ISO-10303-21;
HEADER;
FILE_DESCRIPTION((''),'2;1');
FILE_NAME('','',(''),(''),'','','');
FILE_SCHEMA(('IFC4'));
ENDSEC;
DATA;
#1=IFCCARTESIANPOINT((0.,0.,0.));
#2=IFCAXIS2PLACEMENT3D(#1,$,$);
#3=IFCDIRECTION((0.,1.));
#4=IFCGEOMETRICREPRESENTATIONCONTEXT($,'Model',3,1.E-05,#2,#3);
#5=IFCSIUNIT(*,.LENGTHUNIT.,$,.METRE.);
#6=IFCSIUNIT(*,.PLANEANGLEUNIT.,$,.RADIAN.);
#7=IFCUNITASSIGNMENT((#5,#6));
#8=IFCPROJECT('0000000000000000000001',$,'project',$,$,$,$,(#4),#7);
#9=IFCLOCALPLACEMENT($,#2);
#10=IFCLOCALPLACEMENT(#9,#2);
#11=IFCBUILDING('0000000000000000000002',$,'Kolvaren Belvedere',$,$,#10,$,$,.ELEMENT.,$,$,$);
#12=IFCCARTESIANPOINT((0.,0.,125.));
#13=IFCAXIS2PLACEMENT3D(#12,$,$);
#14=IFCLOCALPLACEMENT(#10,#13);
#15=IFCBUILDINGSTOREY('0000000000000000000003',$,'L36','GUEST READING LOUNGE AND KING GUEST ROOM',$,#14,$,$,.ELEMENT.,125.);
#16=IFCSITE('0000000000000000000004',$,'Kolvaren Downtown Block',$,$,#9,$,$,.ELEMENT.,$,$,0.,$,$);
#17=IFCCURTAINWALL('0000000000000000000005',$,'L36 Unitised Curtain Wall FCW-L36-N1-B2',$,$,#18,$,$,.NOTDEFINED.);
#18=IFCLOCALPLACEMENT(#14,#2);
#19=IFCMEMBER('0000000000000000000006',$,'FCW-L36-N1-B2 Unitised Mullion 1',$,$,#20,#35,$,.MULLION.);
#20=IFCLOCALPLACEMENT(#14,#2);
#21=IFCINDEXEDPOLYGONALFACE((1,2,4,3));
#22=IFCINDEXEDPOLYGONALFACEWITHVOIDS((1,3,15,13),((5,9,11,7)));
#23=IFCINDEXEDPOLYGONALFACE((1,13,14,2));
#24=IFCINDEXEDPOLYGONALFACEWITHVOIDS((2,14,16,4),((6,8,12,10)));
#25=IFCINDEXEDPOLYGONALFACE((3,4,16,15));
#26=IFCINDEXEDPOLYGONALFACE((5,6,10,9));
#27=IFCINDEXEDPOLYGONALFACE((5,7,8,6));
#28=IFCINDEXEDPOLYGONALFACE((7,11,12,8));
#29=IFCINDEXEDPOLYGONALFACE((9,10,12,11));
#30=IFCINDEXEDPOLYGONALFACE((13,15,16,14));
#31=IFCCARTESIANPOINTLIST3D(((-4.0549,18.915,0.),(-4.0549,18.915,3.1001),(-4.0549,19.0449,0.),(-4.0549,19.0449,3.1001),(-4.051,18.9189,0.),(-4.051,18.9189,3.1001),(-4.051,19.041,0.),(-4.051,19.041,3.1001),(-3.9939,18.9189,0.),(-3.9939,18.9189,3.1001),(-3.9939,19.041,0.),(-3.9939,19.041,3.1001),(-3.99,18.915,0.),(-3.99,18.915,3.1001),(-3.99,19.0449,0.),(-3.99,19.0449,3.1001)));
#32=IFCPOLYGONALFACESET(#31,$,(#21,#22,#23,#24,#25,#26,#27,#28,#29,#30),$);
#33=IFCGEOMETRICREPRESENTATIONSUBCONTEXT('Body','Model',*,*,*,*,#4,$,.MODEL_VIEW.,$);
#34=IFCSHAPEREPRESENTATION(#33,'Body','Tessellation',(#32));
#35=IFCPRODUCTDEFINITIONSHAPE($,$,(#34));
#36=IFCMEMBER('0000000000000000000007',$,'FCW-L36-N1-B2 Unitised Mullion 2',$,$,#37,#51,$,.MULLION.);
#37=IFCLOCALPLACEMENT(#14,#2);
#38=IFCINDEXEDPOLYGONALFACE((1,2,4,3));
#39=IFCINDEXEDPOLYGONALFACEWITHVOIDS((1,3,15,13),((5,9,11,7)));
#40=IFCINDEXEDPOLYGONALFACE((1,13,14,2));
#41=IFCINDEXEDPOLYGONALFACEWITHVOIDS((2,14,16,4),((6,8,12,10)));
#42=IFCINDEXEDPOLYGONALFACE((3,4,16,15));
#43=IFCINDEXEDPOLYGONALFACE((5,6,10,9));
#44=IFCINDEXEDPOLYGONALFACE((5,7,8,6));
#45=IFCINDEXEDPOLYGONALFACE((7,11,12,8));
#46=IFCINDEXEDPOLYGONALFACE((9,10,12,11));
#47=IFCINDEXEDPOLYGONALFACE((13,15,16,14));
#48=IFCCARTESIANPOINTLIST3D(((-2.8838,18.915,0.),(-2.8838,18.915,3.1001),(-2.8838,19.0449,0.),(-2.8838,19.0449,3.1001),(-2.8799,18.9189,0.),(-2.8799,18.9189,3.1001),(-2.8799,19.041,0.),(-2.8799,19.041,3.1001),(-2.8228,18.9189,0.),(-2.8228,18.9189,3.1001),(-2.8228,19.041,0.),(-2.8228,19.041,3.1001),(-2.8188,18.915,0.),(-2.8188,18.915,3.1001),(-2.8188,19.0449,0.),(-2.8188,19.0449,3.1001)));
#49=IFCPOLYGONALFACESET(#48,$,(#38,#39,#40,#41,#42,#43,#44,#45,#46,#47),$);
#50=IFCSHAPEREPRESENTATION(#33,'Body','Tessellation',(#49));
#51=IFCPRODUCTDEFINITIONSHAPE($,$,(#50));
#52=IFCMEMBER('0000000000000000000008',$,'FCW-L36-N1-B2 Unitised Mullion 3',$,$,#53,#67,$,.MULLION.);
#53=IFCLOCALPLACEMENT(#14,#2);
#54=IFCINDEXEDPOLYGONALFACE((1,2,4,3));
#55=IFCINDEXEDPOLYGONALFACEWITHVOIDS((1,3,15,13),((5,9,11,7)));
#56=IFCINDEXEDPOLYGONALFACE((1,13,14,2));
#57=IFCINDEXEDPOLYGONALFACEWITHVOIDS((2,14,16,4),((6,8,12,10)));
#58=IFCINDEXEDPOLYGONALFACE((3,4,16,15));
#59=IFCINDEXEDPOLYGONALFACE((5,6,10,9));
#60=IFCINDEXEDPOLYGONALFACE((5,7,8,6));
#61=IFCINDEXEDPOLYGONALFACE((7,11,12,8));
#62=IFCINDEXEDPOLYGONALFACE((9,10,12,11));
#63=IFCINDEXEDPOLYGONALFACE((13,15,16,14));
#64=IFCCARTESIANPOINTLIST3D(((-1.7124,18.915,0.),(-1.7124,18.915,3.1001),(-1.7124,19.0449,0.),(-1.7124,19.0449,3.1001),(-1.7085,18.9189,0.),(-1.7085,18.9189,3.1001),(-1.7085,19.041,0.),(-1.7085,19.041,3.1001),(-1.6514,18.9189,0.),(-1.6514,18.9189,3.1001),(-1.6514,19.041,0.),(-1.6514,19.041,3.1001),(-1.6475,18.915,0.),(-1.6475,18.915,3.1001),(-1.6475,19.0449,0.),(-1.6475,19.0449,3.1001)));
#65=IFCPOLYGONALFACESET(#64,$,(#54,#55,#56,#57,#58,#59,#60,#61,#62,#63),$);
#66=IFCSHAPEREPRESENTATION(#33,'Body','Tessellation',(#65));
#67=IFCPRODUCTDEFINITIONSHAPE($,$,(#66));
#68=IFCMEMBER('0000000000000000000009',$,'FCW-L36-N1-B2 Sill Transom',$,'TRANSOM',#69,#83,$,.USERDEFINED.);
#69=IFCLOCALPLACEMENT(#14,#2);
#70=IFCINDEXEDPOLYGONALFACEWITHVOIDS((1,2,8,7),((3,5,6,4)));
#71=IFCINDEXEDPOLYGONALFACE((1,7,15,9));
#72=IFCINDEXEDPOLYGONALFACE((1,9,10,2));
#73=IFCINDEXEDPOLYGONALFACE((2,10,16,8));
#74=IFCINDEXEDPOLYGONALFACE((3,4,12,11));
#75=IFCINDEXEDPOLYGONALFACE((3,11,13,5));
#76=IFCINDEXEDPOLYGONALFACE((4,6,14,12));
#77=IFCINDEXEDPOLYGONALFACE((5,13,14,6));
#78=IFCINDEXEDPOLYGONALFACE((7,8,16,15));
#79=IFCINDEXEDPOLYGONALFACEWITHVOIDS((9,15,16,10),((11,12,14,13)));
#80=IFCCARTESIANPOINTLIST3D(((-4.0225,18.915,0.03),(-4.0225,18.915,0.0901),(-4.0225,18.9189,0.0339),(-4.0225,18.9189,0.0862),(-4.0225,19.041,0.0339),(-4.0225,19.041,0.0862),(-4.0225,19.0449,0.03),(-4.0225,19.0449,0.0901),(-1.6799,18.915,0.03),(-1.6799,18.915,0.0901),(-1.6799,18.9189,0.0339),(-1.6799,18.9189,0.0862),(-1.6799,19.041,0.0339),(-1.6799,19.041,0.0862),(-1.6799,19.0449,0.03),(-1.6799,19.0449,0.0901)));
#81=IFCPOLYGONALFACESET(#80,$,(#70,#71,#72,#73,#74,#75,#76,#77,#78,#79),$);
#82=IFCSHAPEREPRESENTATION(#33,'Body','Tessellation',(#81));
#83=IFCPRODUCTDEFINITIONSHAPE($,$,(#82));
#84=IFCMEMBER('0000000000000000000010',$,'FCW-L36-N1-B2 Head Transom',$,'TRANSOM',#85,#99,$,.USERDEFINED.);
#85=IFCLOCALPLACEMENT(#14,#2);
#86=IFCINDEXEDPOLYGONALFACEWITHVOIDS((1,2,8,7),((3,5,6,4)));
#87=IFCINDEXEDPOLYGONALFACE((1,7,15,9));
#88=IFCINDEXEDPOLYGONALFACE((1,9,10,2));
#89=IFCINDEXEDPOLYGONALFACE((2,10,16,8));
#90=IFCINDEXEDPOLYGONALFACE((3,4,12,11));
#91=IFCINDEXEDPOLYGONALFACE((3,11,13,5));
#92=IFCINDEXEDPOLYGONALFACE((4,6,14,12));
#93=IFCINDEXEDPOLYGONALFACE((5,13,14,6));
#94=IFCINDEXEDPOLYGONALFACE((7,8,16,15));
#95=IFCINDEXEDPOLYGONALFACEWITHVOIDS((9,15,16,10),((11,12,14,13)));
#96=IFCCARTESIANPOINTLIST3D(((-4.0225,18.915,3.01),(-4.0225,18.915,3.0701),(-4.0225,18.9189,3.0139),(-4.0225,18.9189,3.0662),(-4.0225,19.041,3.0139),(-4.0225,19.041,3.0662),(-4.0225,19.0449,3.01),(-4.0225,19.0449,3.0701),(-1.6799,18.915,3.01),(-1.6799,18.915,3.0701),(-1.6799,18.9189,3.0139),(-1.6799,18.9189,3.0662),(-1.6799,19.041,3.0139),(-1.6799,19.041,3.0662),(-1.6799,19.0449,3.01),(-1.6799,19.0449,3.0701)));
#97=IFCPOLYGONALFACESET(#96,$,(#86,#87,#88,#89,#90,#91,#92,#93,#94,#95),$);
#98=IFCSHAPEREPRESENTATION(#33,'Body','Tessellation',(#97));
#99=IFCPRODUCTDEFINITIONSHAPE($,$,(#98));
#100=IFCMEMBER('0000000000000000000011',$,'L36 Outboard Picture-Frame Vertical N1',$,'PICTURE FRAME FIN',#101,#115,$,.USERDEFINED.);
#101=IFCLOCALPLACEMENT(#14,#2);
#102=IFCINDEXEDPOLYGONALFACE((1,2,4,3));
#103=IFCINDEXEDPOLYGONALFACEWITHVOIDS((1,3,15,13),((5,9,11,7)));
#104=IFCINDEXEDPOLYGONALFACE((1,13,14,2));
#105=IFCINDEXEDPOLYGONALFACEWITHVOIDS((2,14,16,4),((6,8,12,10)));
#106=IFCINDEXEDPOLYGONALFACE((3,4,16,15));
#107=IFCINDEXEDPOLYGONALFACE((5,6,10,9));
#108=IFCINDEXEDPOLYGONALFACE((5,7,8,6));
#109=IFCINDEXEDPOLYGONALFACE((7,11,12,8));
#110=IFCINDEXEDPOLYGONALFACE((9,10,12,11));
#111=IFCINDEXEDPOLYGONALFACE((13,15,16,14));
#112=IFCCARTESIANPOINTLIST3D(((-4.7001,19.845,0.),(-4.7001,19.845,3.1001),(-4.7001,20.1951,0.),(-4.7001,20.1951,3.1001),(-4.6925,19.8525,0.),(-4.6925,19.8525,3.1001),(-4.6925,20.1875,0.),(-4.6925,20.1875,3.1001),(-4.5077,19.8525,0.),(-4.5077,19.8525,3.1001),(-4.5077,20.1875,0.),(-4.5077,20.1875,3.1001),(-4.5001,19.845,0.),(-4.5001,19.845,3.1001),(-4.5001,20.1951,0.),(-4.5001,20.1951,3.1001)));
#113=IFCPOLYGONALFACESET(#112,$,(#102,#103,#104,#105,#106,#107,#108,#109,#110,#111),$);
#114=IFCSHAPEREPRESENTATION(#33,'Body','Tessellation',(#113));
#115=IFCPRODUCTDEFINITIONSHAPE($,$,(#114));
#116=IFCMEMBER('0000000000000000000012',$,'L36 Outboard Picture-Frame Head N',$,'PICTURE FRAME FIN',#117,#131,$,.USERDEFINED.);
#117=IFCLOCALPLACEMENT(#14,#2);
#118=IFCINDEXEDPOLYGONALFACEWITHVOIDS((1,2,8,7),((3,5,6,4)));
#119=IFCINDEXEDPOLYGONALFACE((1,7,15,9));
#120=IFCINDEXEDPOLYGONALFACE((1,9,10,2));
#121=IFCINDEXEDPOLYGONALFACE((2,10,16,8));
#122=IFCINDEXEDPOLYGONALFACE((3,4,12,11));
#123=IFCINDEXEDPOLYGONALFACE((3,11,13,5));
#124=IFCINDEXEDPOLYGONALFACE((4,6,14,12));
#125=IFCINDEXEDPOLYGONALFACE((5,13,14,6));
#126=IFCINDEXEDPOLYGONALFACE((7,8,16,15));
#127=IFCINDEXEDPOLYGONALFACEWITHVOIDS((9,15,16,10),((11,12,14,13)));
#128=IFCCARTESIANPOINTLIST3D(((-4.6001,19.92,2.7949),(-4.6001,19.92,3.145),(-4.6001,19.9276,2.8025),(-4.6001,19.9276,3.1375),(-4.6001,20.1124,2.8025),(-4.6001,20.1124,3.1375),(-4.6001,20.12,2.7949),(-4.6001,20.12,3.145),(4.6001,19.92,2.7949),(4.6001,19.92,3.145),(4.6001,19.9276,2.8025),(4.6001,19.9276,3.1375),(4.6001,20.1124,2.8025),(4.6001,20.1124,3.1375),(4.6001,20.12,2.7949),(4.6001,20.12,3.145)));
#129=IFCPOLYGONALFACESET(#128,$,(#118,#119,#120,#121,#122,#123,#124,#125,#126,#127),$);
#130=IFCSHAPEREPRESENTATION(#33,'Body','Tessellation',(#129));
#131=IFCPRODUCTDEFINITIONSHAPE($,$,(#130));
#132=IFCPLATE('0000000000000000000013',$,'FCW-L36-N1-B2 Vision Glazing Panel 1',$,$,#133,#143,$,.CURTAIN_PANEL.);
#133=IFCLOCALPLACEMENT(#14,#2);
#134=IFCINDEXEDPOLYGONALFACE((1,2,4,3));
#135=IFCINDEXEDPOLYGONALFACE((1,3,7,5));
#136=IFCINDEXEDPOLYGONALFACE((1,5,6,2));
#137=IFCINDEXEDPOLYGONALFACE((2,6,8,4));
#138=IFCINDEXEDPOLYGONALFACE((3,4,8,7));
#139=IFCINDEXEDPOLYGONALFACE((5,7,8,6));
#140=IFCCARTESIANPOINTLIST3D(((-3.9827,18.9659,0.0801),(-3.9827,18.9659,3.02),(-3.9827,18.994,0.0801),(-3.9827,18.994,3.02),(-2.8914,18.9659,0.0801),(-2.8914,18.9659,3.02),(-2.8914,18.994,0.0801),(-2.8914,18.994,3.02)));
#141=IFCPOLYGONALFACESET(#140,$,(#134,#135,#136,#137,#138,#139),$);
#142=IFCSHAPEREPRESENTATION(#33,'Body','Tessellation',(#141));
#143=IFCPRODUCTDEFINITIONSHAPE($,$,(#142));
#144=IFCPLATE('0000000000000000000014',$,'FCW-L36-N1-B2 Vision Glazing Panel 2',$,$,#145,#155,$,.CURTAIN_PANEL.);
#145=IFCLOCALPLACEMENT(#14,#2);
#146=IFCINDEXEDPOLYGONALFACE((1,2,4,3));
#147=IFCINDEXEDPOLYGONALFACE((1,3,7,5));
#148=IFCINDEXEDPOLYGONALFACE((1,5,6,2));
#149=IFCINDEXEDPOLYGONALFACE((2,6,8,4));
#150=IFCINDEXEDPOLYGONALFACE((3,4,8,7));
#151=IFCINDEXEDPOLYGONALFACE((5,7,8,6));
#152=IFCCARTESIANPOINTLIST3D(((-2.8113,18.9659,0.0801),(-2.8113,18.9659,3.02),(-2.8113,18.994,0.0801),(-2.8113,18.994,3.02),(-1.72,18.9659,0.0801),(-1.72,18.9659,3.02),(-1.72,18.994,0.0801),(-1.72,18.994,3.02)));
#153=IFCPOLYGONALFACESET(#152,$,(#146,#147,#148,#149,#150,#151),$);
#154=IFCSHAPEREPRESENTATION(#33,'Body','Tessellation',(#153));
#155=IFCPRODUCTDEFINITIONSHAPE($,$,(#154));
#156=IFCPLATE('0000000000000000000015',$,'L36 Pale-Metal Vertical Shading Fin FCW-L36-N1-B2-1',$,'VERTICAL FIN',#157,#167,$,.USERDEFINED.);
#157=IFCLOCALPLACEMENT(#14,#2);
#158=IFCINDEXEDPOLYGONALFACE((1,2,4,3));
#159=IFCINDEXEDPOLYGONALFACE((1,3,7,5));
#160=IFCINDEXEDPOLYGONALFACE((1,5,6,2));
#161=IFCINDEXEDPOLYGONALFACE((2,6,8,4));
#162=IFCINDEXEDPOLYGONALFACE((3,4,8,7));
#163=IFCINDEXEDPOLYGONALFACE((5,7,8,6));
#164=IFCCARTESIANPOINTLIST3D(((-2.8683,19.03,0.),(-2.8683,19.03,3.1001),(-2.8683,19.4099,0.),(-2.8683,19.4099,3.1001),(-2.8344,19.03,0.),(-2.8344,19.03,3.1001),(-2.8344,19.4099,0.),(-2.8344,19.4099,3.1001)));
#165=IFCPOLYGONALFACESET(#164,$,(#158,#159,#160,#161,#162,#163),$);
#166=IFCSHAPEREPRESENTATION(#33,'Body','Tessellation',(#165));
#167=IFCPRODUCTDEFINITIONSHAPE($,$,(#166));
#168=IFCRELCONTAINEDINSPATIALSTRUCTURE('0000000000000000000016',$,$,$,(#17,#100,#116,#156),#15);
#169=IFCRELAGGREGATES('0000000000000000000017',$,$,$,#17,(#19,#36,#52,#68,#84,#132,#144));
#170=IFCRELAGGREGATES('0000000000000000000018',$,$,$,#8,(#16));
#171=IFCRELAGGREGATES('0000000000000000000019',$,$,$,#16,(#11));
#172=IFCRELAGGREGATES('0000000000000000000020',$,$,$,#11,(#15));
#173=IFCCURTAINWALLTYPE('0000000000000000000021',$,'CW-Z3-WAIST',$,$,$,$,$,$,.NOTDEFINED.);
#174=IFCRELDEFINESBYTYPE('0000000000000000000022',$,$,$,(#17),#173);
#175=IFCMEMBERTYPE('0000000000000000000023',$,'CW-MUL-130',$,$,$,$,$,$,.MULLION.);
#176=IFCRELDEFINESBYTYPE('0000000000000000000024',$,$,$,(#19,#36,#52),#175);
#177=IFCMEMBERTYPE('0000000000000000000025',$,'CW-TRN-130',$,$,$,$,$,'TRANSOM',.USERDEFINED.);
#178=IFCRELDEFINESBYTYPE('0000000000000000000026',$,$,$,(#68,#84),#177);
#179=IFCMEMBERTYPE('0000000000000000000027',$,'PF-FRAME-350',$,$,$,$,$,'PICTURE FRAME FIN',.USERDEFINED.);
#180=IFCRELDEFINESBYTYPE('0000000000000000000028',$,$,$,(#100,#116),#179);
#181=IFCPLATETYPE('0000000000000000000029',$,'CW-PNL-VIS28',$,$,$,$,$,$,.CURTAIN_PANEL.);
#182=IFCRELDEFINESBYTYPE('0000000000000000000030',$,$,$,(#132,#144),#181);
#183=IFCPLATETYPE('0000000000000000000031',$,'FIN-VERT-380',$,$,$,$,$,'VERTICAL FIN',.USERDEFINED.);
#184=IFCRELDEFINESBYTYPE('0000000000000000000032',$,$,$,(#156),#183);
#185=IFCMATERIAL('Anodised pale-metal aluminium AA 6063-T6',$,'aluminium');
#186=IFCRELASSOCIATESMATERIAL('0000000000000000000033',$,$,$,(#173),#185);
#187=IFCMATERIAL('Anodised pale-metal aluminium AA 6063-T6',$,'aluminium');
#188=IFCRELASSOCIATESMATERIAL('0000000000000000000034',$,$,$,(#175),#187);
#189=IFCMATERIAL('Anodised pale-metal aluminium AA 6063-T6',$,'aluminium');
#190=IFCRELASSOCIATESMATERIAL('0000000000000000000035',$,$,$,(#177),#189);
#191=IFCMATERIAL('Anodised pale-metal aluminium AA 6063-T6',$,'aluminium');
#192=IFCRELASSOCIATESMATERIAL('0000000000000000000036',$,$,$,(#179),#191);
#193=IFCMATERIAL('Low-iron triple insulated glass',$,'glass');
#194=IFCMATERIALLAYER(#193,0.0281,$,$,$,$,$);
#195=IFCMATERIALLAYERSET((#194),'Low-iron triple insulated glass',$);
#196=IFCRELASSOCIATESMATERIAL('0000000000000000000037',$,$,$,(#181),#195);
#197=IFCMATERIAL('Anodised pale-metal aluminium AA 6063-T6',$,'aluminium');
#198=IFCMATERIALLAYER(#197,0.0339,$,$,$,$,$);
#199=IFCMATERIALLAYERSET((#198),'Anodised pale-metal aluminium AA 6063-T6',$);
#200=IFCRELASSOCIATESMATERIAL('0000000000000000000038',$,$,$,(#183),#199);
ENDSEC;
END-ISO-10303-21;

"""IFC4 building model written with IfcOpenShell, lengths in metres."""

from ifc_helpers import new_model, si_unit, direction, frame, origin, origin_2d, place, context, subcontext, project, spatial, rectangle, hollow_rectangle, extrude, material, layer, layer_set, material_profile, profile_set, type_object, element, aggregate, save


model = new_model("IFC4")

# Units and contexts
model_context = context("Model", 3, precision=1e-05, world=origin(), true_north=direction((0.0, 1.0)))
body_context = subcontext(model_context, "Body", "Model", "MODEL_VIEW")
ifc_project = project(units=[si_unit("LENGTHUNIT", "METRE"), si_unit("PLANEANGLEUNIT", "RADIAN")], contexts=[model_context])

# Site, building, storey
site_placement = place(None, origin())
site = spatial("IfcSite", under=ifc_project, at=site_placement, Name="Kolvaren Downtown Block", CompositionType="ELEMENT", RefElevation=0.0)
building_placement = place(site_placement, origin())
building = spatial("IfcBuilding", under=site, at=building_placement, Name="Kolvaren Belvedere", CompositionType="ELEMENT")
storey_placement = place(building_placement, frame((0.0, 0.0, 125.0)))
storey = spatial("IfcBuildingStorey", under=building, at=storey_placement, Name="L36", Description="GUEST READING LOUNGE AND KING GUEST ROOM", CompositionType="ELEMENT", Elevation=125.0)

# Curtain wall, members
ifc_material_1 = material(Name="Anodised pale-metal aluminium AA 6063-T6", Category="aluminium")
curtain_wall_type = type_object("IfcCurtainWallType", Name="CW-Z3-WAIST", PredefinedType="NOTDEFINED", material=ifc_material_1)
curtain_wall_placement = place(storey_placement, origin())
curtain_wall = element("IfcCurtainWall", 1, at=curtain_wall_placement, inside=storey, type_object=curtain_wall_type, Name="L36 Unitised Curtain Wall FCW-L36-N1-B2", PredefinedType="NOTDEFINED")
ifc_material_2 = material(Name="Anodised pale-metal aluminium AA 6063-T6", Category="aluminium")
ifc_material_profile_1 = material_profile(ifc_material_2, hollow_rectangle(XDim=0.0649, YDim=0.1299, WallThickness=0.0039, at=origin_2d()), Name="ALU-MUL-130X65")
ifc_profile_set_1 = profile_set([ifc_material_profile_1], Name="Anodised pale-metal aluminium AA 6063-T6")
member_type_1 = type_object("IfcMemberType", Name="CW-MUL-130", PredefinedType="MULLION", material=ifc_profile_set_1)
member_1_placement = place(storey_placement, frame((-4.0225, 18.98, 0.0), z_axis=(0.0, 0.0, 1.0), x_axis=(1.0, 0.0, 0.0)))
member_1 = element("IfcMember", 2, at=member_1_placement, type_object=member_type_1, Name="FCW-L36-N1-B2 Unitised Mullion 1", PredefinedType="MULLION", context=body_context, shape_type="SweptSolid", body=[
    extrude(hollow_rectangle(XDim=0.0649, YDim=0.1299, WallThickness=0.0039, at=origin_2d()), origin(), (0.0, 0.0, 1.0), 3.1001),
])
member_2_placement = place(storey_placement, frame((-2.8513, 18.98, 0.0), z_axis=(0.0, 0.0, 1.0), x_axis=(1.0, 0.0, 0.0)))
member_2 = element("IfcMember", 3, at=member_2_placement, type_object=member_type_1, Name="FCW-L36-N1-B2 Unitised Mullion 2", PredefinedType="MULLION", context=body_context, shape_type="SweptSolid", body=[
    extrude(hollow_rectangle(XDim=0.0649, YDim=0.1299, WallThickness=0.0039, at=origin_2d()), origin(), (0.0, 0.0, 1.0), 3.1001),
])
member_3_placement = place(storey_placement, frame((-1.6799, 18.98, 0.0), z_axis=(0.0, 0.0, 1.0), x_axis=(1.0, 0.0, 0.0)))
member_3 = element("IfcMember", 4, at=member_3_placement, type_object=member_type_1, Name="FCW-L36-N1-B2 Unitised Mullion 3", PredefinedType="MULLION", context=body_context, shape_type="SweptSolid", body=[
    extrude(hollow_rectangle(XDim=0.0649, YDim=0.1299, WallThickness=0.0039, at=origin_2d()), origin(), (0.0, 0.0, 1.0), 3.1001),
])
ifc_material_3 = material(Name="Anodised pale-metal aluminium AA 6063-T6", Category="aluminium")
ifc_material_profile_2 = material_profile(ifc_material_3, hollow_rectangle(XDim=0.0601, YDim=0.1299, WallThickness=0.0039, at=origin_2d()), Name="ALU-TRN-130X60")
ifc_profile_set_2 = profile_set([ifc_material_profile_2], Name="Anodised pale-metal aluminium AA 6063-T6")
member_type_2 = type_object("IfcMemberType", Name="CW-TRN-130", ElementType="TRANSOM", PredefinedType="USERDEFINED", material=ifc_profile_set_2)
member_4_placement = place(storey_placement, frame((-4.0225, 18.98, 0.0601), z_axis=(1.0, 0.0, 0.0), x_axis=(0.0, 0.0, 1.0)))
member_4 = element("IfcMember", 5, at=member_4_placement, type_object=member_type_2, Name="FCW-L36-N1-B2 Sill Transom", ObjectType="TRANSOM", PredefinedType="USERDEFINED", context=body_context, shape_type="SweptSolid", body=[
    extrude(hollow_rectangle(XDim=0.0601, YDim=0.1299, WallThickness=0.0039, at=origin_2d()), origin(), (0.0, 0.0, 1.0), 2.3425),
])
member_5_placement = place(storey_placement, frame((-4.0225, 18.98, 3.04), z_axis=(1.0, 0.0, 0.0), x_axis=(0.0, 0.0, 1.0)))
member_5 = element("IfcMember", 6, at=member_5_placement, type_object=member_type_2, Name="FCW-L36-N1-B2 Head Transom", ObjectType="TRANSOM", PredefinedType="USERDEFINED", context=body_context, shape_type="SweptSolid", body=[
    extrude(hollow_rectangle(XDim=0.0601, YDim=0.1299, WallThickness=0.0039, at=origin_2d()), origin(), (0.0, 0.0, 1.0), 2.3425),
])

# Members
ifc_material_4 = material(Name="Anodised pale-metal aluminium AA 6063-T6", Category="aluminium")
ifc_material_profile_3 = material_profile(ifc_material_4, hollow_rectangle(XDim=0.2, YDim=0.3501, WallThickness=0.0076, at=origin_2d()), Name="ALU-PF-350X200")
ifc_profile_set_3 = profile_set([ifc_material_profile_3], Name="Anodised pale-metal aluminium AA 6063-T6")
member_type_3 = type_object("IfcMemberType", Name="PF-FRAME-350", ElementType="PICTURE FRAME FIN", PredefinedType="USERDEFINED", material=ifc_profile_set_3)
member_6_placement = place(storey_placement, frame((-4.6001, 20.02, 0.0), z_axis=(0.0, 0.0, 1.0), x_axis=(1.0, 0.0, 0.0)))
element("IfcMember", 7, at=member_6_placement, inside=storey, type_object=member_type_3, Name="L36 Outboard Picture-Frame Vertical N1", ObjectType="PICTURE FRAME FIN", PredefinedType="USERDEFINED", context=body_context, shape_type="SweptSolid", body=[
    extrude(hollow_rectangle(XDim=0.2, YDim=0.3501, WallThickness=0.0076, at=origin_2d()), origin(), (0.0, 0.0, 1.0), 3.1001),
])
member_7_placement = place(storey_placement, frame((-4.6001, 20.02, 2.97), z_axis=(1.0, 0.0, 0.0), x_axis=(0.0, 1.0, 0.0)))
element("IfcMember", 8, at=member_7_placement, inside=storey, type_object=member_type_3, Name="L36 Outboard Picture-Frame Head N", ObjectType="PICTURE FRAME FIN", PredefinedType="USERDEFINED", context=body_context, shape_type="SweptSolid", body=[
    extrude(hollow_rectangle(XDim=0.2, YDim=0.3501, WallThickness=0.0076, at=origin_2d()), origin(), (0.0, 0.0, 1.0), 9.2002),
])

# Plates
ifc_material_5 = material(Name="Low-iron triple insulated glass", Category="glass")
ifc_layer_1 = layer(ifc_material_5, 0.0281)
ifc_layer_set_1 = layer_set([ifc_layer_1], Name="Low-iron triple insulated glass")
plate_type_1 = type_object("IfcPlateType", Name="CW-PNL-VIS28", PredefinedType="CURTAIN_PANEL", material=ifc_layer_set_1)
plate_1_placement = place(storey_placement, frame((-3.437, 18.98, 0.0801), z_axis=(0.0, 0.0, 1.0), x_axis=(1.0, 0.0, 0.0)))
plate_1 = element("IfcPlate", 9, at=plate_1_placement, type_object=plate_type_1, Name="FCW-L36-N1-B2 Vision Glazing Panel 1", PredefinedType="CURTAIN_PANEL", context=body_context, shape_type="SweptSolid", body=[
    extrude(rectangle(XDim=1.0913, YDim=0.0281, at=origin_2d()), origin(), (0.0, 0.0, 1.0), 2.9399),
])
plate_2_placement = place(storey_placement, frame((-2.2656, 18.98, 0.0801), z_axis=(0.0, 0.0, 1.0), x_axis=(1.0, 0.0, 0.0)))
plate_2 = element("IfcPlate", 10, at=plate_2_placement, type_object=plate_type_1, Name="FCW-L36-N1-B2 Vision Glazing Panel 2", PredefinedType="CURTAIN_PANEL", context=body_context, shape_type="SweptSolid", body=[
    extrude(rectangle(XDim=1.0913, YDim=0.0281, at=origin_2d()), origin(), (0.0, 0.0, 1.0), 2.9399),
])
aggregate(curtain_wall, [member_1, member_2, member_3, member_4, member_5, plate_1, plate_2])
ifc_material_6 = material(Name="Anodised pale-metal aluminium AA 6063-T6", Category="aluminium")
ifc_layer_2 = layer(ifc_material_6, 0.0339)
ifc_layer_set_2 = layer_set([ifc_layer_2], Name="Anodised pale-metal aluminium AA 6063-T6")
plate_type_2 = type_object("IfcPlateType", Name="FIN-VERT-380", ElementType="VERTICAL FIN", PredefinedType="USERDEFINED", material=ifc_layer_set_2)
plate_3_placement = place(storey_placement, frame((-2.8513, 19.22, 0.0), z_axis=(0.0, 0.0, 1.0), x_axis=(0.0, 1.0, 0.0)))
element("IfcPlate", 11, at=plate_3_placement, inside=storey, type_object=plate_type_2, Name="L36 Pale-Metal Vertical Shading Fin FCW-L36-N1-B2-1", ObjectType="VERTICAL FIN", PredefinedType="USERDEFINED", context=body_context, shape_type="SweptSolid", body=[
    extrude(rectangle(XDim=0.3799, YDim=0.0339, at=origin_2d()), origin(), (0.0, 0.0, 1.0), 3.1001),
])

save(model, "model.ifc")
